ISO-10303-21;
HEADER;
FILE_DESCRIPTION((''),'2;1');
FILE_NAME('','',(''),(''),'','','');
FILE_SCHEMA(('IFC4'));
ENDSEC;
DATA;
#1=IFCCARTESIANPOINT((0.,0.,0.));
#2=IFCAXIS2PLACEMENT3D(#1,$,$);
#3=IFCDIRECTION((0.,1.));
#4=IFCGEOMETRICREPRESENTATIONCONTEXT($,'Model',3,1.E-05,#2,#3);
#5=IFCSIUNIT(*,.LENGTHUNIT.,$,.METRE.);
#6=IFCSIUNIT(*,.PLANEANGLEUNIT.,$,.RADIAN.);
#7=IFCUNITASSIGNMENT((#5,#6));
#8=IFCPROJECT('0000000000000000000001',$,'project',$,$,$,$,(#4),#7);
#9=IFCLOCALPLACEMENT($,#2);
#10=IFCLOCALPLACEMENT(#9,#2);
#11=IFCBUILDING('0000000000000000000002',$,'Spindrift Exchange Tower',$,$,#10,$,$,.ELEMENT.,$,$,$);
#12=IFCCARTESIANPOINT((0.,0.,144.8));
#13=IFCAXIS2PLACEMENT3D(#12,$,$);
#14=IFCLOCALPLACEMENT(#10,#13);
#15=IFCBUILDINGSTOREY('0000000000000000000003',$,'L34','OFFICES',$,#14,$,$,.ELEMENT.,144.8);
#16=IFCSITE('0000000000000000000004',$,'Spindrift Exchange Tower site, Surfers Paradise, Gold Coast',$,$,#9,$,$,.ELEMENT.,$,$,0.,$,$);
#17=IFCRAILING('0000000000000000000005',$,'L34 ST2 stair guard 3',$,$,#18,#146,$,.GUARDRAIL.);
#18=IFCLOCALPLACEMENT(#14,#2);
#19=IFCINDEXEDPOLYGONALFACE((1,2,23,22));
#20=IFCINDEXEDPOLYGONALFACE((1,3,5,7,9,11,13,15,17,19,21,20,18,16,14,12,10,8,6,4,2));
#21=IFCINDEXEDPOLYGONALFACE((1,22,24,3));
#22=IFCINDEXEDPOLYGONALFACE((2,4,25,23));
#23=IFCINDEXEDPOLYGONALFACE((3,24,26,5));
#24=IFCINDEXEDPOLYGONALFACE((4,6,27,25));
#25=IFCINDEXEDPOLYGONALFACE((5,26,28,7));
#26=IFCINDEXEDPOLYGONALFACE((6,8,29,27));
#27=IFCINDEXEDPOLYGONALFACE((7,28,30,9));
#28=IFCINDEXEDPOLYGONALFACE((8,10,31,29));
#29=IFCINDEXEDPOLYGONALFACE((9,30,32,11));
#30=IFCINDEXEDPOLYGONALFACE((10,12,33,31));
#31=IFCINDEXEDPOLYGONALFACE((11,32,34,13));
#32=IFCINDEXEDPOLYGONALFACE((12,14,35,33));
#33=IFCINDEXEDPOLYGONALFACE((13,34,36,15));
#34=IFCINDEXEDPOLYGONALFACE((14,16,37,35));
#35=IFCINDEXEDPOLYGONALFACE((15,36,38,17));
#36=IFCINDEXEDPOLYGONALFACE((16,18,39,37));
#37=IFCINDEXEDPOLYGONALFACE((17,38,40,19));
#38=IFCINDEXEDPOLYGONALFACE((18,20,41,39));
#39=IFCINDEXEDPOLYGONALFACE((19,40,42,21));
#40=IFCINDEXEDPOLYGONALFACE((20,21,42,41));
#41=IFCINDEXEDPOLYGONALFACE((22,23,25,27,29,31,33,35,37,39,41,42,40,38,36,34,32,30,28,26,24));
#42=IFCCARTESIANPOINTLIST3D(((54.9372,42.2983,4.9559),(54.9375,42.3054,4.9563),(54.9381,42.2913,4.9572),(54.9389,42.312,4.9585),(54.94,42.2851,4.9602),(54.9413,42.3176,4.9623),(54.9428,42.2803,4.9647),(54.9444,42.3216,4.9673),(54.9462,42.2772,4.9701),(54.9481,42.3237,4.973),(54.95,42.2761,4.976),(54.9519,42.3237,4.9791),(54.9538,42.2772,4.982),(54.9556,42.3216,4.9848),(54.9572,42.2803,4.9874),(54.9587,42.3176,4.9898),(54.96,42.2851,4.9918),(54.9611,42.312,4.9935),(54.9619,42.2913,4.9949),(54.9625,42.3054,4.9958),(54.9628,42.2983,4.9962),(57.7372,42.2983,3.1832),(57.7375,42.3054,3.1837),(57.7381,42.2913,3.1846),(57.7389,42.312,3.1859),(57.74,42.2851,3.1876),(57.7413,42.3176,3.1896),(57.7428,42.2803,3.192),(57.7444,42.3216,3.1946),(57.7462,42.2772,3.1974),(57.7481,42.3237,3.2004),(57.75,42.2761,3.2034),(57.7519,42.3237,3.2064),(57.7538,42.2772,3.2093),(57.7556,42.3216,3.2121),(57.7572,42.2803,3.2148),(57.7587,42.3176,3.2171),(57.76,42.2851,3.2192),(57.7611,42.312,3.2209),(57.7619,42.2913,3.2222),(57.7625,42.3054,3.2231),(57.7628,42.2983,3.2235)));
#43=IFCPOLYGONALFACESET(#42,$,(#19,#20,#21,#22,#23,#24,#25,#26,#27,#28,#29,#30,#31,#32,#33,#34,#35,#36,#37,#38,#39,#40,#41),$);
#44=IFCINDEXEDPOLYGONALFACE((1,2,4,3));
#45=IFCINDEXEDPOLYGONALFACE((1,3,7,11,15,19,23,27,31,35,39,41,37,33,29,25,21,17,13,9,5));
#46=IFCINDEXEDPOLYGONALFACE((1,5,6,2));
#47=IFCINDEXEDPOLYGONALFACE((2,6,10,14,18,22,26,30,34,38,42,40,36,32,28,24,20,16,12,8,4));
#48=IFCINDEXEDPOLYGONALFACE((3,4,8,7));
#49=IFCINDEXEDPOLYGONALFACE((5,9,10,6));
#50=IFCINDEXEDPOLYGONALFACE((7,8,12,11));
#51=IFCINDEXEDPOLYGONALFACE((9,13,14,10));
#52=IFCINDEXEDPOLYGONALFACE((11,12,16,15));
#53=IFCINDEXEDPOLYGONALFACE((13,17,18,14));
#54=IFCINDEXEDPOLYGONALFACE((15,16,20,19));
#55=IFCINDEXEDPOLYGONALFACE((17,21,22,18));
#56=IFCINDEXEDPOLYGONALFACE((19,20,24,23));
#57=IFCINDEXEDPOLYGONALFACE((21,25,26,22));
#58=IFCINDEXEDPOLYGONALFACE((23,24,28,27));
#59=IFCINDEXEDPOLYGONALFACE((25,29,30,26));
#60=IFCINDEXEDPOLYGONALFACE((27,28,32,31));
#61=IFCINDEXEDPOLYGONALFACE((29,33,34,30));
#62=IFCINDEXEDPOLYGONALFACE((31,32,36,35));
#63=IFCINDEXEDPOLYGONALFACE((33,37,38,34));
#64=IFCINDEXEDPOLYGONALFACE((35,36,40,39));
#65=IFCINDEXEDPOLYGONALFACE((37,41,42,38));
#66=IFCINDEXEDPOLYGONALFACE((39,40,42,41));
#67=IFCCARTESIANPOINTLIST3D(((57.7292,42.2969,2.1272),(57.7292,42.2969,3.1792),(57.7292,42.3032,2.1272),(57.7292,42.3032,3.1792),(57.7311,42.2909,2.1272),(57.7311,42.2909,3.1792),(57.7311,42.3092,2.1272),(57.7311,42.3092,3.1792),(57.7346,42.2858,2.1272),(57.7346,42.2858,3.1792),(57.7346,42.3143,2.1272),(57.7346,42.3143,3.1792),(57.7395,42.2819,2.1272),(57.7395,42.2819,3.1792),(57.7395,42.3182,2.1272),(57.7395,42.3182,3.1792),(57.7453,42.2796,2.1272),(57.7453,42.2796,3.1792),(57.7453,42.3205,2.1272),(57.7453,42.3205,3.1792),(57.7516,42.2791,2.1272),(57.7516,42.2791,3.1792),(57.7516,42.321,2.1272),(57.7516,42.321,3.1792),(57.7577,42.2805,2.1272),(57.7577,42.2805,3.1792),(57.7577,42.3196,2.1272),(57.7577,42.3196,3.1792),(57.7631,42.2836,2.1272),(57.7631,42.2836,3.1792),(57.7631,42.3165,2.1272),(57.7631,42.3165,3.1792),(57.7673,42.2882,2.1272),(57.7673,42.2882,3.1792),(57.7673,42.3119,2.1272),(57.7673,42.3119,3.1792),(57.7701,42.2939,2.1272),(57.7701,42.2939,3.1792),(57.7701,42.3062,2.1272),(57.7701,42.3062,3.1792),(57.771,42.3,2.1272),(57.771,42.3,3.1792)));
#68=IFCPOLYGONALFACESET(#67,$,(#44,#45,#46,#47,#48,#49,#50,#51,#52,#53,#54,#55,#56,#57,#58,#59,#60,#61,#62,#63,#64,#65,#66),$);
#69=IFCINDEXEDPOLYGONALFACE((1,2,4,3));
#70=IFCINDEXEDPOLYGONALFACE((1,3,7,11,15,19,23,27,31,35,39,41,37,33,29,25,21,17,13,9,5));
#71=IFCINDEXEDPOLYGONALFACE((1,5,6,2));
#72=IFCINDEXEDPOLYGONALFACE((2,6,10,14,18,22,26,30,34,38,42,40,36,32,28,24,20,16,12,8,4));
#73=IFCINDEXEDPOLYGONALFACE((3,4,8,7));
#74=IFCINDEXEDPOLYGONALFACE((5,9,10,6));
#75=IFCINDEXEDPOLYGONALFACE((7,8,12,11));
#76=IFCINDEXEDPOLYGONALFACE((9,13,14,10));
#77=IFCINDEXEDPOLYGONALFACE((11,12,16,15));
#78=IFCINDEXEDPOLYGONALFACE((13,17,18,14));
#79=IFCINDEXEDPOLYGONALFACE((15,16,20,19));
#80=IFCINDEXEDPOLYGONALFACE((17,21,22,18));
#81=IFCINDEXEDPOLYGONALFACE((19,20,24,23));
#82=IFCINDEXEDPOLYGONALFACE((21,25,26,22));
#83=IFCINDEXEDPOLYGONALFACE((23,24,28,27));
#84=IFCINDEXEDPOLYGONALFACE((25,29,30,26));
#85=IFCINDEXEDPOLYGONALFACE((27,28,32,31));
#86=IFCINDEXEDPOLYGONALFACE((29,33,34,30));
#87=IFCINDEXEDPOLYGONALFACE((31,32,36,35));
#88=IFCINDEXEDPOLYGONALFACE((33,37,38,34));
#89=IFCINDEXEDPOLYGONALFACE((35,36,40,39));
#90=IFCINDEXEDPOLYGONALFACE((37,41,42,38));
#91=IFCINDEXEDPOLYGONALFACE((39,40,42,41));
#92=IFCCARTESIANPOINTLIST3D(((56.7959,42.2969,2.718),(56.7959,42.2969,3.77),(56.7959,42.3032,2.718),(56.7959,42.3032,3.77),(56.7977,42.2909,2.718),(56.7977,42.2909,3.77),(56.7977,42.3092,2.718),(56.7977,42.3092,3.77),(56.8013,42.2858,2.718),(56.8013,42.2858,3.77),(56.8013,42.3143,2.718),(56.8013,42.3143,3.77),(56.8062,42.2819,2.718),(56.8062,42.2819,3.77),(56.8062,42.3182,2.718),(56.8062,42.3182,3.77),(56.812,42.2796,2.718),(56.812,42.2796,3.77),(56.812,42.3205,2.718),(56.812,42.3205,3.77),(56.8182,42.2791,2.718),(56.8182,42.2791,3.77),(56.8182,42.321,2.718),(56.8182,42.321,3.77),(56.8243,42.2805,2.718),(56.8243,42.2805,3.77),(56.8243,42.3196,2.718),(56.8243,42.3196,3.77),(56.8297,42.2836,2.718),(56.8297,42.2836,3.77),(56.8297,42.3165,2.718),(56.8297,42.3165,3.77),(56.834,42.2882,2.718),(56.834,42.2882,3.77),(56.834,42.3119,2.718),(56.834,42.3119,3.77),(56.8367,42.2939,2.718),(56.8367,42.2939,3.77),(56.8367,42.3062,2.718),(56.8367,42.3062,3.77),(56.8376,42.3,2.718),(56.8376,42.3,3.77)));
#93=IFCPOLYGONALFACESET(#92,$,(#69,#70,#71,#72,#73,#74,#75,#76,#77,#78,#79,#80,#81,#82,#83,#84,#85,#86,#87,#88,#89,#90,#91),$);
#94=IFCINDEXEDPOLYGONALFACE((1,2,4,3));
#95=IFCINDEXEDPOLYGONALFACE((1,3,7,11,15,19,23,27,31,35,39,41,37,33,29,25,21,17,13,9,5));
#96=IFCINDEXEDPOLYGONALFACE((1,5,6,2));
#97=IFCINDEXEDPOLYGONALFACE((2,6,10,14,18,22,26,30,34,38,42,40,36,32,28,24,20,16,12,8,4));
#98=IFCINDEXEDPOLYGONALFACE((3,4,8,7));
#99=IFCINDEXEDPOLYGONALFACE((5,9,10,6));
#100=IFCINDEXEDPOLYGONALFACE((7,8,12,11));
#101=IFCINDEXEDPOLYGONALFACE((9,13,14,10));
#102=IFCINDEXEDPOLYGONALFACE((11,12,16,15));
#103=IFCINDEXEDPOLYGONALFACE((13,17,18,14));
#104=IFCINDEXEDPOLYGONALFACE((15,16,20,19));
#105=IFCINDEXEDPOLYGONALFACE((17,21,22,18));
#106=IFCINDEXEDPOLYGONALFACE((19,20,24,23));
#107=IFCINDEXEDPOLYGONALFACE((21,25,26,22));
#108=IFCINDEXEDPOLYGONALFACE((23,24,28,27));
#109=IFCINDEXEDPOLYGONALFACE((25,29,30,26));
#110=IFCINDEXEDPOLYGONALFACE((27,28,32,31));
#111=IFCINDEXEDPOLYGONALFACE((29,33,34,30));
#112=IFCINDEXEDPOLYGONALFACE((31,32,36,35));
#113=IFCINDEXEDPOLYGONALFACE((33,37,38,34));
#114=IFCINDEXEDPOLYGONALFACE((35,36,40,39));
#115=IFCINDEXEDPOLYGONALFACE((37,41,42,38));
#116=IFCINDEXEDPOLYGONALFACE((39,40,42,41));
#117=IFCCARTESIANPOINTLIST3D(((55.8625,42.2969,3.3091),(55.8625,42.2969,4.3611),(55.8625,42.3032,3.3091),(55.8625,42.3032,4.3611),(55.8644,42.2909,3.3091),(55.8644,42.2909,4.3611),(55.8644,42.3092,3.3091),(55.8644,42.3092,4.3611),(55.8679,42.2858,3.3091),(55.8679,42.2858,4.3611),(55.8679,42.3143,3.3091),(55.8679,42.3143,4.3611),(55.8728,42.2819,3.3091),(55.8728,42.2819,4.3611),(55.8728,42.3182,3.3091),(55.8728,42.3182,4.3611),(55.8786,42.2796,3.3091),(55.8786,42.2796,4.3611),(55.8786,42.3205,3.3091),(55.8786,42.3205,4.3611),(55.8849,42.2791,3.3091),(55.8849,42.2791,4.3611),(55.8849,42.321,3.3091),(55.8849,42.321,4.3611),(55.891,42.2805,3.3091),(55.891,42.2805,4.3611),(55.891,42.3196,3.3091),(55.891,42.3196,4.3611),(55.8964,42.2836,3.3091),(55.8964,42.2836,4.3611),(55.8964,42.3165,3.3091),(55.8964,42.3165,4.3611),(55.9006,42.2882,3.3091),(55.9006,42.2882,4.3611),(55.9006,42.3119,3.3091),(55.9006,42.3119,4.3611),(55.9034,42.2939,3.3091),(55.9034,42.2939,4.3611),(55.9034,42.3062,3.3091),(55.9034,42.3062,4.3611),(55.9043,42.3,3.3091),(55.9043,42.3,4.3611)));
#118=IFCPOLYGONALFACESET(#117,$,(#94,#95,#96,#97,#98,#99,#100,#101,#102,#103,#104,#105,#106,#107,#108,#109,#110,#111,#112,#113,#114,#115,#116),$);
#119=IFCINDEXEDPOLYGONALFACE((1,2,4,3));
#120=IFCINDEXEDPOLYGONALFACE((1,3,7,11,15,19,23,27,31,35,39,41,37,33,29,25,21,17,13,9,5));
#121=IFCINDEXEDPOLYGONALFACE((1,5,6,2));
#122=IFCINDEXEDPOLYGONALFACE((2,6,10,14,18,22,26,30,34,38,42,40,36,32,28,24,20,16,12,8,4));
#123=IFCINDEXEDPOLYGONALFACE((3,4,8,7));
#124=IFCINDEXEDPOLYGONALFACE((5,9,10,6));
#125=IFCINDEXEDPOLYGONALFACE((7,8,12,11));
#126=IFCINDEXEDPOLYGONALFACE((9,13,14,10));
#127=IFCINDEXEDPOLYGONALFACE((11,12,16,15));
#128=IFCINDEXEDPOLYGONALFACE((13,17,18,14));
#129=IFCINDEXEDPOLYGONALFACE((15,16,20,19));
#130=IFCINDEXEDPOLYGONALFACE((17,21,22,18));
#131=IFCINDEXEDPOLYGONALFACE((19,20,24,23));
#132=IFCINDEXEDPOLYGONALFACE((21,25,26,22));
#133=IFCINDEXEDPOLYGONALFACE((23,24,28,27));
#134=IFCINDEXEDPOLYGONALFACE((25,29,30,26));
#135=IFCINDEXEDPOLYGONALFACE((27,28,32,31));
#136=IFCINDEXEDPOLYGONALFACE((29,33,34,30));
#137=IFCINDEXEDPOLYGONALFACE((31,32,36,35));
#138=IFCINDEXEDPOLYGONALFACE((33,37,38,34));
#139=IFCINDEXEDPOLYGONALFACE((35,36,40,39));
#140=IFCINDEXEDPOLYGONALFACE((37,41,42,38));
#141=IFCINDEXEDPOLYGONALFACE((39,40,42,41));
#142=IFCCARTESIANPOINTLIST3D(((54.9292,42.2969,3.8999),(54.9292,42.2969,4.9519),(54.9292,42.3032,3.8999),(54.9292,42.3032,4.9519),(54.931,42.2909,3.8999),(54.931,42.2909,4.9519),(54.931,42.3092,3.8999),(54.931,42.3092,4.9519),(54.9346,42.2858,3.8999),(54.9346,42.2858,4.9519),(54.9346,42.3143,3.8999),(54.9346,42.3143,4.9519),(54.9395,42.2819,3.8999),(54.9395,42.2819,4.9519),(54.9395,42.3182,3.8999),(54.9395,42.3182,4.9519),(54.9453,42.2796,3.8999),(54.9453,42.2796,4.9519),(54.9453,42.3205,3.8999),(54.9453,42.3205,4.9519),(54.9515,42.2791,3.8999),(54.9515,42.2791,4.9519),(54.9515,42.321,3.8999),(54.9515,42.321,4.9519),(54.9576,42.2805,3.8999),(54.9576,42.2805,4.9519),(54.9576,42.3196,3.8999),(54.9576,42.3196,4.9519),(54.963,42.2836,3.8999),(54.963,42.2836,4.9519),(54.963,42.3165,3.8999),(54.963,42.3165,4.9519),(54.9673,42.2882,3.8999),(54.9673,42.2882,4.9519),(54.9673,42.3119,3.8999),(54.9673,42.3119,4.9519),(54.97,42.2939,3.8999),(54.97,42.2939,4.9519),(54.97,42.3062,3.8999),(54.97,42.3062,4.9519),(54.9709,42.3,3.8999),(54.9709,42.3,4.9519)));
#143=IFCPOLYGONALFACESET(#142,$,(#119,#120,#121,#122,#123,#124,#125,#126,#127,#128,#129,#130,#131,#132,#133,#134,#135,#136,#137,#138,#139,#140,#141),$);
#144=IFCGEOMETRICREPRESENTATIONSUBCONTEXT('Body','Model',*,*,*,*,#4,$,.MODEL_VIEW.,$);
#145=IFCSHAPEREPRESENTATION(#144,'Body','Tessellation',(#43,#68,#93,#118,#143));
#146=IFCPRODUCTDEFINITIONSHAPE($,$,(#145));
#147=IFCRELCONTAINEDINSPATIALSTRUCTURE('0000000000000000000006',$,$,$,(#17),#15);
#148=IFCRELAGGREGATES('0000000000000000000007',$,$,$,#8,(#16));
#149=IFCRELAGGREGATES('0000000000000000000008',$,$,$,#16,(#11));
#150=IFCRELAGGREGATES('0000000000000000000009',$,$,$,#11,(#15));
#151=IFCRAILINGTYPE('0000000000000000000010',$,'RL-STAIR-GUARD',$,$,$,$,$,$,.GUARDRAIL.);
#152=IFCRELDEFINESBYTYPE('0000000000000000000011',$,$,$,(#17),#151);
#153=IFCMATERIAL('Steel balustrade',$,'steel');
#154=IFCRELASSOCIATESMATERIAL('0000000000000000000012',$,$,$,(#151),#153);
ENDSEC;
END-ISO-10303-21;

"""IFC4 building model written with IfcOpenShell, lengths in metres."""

from ifc_helpers import new_model, si_unit, direction, frame, origin, origin_2d, place, context, subcontext, project, spatial, circle, extrude, material, type_object, element, save


model = new_model("IFC4")

# Units and contexts
model_context = context("Model", 3, precision=1e-05, world=origin(), true_north=direction((0.0, 1.0)))
body_context = subcontext(model_context, "Body", "Model", "MODEL_VIEW")
ifc_project = project(units=[si_unit("LENGTHUNIT", "METRE"), si_unit("PLANEANGLEUNIT", "RADIAN")], contexts=[model_context])

# Site, building, storey
site_placement = place(None, origin())
site = spatial("IfcSite", under=ifc_project, at=site_placement, Name="Spindrift Exchange Tower site, Surfers Paradise, Gold Coast", CompositionType="ELEMENT", RefElevation=0.0)
building_placement = place(site_placement, origin())
building = spatial("IfcBuilding", under=site, at=building_placement, Name="Spindrift Exchange Tower", CompositionType="ELEMENT")
storey_placement = place(building_placement, frame((0.0, 0.0, 144.8)))
storey = spatial("IfcBuildingStorey", under=building, at=storey_placement, Name="L34", Description="OFFICES", CompositionType="ELEMENT", Elevation=144.8)

# Railing
ifc_material_1 = material(Name="Steel balustrade", Category="steel")
railing_type_1 = type_object("IfcRailingType", Name="RL-STAIR-GUARD", PredefinedType="GUARDRAIL", material=ifc_material_1)
railing_1_placement = place(storey_placement, frame((57.75, 42.3, 2.1272)))
element("IfcRailing", 1, at=railing_1_placement, inside=storey, type_object=railing_type_1, Name="L34 ST2 stair guard 3", PredefinedType="GUARDRAIL", context=body_context, shape_type="SweptSolid", body=[
    extrude(circle(Radius=0.0239, at=origin_2d()), frame((0.0, 0.0, 1.0762), z_axis=(-0.844909, 0.0, 0.53491), x_axis=(0.0, -1.0, 0.0)), (0.0, 0.0, 1.0), 3.314),
    extrude(circle(Radius=0.021, at=origin_2d()), origin(), (0.0, 0.0, 1.0), 1.052),
    extrude(circle(Radius=0.021, at=origin_2d()), frame((-0.9333, 0.0, 0.5908)), (0.0, 0.0, 1.0), 1.052),
    extrude(circle(Radius=0.021, at=origin_2d()), frame((-1.8667, 0.0, 1.1819)), (0.0, 0.0, 1.0), 1.052),
    extrude(circle(Radius=0.021, at=origin_2d()), frame((-2.8, 0.0, 1.7727)), (0.0, 0.0, 1.0), 1.052),
])

save(model, "model.ifc")
